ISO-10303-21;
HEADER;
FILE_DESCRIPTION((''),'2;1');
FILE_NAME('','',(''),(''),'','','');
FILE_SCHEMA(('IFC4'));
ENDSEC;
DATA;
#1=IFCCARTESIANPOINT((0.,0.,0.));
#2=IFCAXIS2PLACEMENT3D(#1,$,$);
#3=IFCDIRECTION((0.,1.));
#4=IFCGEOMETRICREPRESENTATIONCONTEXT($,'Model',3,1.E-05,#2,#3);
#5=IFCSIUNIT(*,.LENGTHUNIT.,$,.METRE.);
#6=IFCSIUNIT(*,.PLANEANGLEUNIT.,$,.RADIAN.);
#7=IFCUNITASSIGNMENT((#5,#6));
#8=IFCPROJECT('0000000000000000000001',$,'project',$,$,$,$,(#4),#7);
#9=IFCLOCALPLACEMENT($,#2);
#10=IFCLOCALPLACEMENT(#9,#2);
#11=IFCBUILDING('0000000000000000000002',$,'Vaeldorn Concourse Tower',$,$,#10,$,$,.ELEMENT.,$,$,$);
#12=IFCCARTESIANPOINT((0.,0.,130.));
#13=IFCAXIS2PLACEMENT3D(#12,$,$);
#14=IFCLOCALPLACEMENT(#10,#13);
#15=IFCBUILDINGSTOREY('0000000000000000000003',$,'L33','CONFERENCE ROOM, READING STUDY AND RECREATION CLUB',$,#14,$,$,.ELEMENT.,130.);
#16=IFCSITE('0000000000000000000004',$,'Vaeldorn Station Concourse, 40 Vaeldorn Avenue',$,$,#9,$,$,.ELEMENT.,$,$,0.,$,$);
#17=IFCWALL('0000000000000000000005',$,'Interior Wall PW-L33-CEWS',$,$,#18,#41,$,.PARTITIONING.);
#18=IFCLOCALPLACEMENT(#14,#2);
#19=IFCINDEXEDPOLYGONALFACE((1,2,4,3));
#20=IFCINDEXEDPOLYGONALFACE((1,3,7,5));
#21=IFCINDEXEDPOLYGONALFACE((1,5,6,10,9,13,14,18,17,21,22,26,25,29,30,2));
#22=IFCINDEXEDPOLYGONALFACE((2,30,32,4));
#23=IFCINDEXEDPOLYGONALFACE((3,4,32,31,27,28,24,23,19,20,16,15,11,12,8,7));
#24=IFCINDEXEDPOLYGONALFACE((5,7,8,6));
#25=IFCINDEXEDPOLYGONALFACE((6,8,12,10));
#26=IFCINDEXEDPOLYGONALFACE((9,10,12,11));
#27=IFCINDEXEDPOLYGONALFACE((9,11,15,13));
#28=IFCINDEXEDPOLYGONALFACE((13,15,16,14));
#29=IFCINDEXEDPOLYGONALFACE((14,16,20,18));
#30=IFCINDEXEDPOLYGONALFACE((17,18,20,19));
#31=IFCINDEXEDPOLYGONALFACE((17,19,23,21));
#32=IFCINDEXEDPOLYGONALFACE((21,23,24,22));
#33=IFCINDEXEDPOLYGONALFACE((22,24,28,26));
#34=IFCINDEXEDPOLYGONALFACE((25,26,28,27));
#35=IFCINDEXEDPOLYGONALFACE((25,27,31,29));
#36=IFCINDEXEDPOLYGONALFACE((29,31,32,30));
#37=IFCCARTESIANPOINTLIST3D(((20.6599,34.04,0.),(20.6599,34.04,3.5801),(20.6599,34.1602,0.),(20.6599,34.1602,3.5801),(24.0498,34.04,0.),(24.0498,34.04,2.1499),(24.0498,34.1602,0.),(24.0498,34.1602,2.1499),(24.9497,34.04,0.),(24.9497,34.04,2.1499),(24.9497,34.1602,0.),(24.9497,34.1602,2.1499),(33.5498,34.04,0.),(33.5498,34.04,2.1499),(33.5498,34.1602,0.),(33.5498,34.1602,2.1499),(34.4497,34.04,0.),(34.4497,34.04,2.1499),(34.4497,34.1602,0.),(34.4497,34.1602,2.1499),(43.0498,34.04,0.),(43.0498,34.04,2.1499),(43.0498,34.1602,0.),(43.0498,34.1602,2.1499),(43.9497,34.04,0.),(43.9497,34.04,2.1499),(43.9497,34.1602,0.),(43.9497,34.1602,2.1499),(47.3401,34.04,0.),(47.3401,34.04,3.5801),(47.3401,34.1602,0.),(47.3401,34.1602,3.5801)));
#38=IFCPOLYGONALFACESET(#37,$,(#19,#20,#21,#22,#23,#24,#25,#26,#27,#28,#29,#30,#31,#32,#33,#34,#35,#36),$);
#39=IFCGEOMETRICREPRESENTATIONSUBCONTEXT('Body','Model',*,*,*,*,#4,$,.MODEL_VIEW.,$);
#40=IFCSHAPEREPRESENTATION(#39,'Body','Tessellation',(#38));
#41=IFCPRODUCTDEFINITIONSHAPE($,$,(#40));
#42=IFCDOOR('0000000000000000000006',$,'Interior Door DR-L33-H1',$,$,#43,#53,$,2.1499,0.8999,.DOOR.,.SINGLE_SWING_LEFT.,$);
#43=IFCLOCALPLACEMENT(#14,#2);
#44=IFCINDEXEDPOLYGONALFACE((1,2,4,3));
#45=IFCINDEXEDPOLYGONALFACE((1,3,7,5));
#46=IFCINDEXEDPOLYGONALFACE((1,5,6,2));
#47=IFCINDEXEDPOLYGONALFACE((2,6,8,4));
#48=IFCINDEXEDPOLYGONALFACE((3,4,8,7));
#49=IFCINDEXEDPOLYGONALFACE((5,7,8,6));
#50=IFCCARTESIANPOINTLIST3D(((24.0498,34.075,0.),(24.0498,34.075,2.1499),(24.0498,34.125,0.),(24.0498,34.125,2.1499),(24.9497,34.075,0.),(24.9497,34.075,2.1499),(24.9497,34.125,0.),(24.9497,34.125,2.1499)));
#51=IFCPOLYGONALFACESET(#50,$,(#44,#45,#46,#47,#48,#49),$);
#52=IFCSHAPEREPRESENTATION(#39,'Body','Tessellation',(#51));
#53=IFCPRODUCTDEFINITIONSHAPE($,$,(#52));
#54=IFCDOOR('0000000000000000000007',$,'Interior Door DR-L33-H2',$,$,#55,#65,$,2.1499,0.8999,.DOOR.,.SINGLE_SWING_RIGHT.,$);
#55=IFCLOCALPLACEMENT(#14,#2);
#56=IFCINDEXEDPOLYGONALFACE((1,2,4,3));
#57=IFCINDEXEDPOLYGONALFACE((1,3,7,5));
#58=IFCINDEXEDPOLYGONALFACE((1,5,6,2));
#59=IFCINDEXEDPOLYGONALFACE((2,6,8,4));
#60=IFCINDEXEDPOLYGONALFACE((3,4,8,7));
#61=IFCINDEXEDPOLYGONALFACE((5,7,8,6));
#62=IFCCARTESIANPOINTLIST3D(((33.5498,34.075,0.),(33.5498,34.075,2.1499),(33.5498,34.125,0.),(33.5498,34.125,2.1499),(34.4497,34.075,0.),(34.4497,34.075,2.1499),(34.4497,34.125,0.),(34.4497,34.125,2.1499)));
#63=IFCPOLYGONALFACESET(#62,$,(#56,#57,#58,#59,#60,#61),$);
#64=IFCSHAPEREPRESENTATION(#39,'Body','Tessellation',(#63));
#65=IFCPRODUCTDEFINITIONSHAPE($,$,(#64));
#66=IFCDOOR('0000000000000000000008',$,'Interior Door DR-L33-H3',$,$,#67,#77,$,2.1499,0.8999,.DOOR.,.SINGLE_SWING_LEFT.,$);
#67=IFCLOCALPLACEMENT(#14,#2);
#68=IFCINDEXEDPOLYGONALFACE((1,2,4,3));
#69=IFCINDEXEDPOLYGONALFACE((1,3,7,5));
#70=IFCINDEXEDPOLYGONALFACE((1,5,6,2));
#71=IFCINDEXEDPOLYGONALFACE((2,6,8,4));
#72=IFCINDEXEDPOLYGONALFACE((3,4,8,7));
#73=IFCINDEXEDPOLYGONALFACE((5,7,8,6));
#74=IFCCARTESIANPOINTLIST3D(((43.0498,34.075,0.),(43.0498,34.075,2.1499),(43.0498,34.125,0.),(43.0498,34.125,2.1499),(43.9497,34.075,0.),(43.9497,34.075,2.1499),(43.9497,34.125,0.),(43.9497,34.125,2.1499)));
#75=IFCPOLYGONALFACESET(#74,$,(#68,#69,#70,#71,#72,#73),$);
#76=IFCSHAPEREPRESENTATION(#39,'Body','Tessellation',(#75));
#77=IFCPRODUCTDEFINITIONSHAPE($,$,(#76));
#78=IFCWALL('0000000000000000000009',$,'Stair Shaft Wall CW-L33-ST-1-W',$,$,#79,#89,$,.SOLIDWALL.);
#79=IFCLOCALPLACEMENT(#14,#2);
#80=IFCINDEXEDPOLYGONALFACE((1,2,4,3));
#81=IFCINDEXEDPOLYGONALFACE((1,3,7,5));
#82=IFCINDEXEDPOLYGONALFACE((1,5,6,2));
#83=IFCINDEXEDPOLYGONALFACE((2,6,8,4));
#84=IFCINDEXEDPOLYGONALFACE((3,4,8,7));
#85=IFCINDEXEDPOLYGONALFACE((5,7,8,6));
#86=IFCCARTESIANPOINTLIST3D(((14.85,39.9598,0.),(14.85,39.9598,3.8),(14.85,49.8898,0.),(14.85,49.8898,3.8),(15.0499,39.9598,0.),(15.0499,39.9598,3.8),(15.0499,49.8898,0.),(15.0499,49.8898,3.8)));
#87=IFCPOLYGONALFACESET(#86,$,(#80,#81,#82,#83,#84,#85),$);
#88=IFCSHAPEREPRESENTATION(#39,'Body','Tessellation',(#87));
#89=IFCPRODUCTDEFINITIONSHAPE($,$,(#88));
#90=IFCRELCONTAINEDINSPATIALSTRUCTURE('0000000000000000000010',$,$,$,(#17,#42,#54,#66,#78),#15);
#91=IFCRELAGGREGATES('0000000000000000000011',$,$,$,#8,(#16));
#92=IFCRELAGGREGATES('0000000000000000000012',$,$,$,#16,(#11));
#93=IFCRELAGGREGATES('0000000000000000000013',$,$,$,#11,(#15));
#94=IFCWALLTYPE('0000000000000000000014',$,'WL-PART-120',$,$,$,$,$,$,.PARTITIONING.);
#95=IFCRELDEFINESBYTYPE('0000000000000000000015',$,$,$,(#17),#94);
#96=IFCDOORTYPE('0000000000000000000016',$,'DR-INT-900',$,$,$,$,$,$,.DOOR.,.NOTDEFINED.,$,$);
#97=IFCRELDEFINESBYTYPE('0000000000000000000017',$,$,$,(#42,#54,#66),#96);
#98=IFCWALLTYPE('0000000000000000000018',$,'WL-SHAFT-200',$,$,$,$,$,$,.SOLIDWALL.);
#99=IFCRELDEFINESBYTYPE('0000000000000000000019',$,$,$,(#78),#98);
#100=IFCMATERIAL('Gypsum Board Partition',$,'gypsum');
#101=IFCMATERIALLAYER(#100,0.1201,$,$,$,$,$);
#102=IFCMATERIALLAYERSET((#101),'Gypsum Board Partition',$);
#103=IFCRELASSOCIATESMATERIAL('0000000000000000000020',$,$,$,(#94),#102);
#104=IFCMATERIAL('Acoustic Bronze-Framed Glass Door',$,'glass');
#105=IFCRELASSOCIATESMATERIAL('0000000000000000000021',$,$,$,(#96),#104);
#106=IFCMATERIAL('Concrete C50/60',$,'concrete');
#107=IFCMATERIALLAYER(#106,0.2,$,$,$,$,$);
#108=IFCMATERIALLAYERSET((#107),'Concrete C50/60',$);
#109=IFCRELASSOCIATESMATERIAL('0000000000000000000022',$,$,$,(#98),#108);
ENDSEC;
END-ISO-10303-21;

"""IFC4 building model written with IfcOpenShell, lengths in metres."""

from ifc_helpers import new_model, si_unit, direction, frame, frame_2d, origin, place, context, subcontext, project, spatial, rectangle, extrude, source, transform, mapped, material, layer, layer_set, type_object, element, fill, save


model = new_model("IFC4")

# Units and contexts
model_context = context("Model", 3, precision=1e-05, world=origin(), true_north=direction((0.0, 1.0)))
body_context = subcontext(model_context, "Body", "Model", "MODEL_VIEW")
ifc_project = project(units=[si_unit("LENGTHUNIT", "METRE"), si_unit("PLANEANGLEUNIT", "RADIAN")], contexts=[model_context])

# Site, building, storey
site_placement = place(None, origin())
site = spatial("IfcSite", under=ifc_project, at=site_placement, Name="Vaeldorn Station Concourse, 40 Vaeldorn Avenue", CompositionType="ELEMENT", RefElevation=0.0)
building_placement = place(site_placement, origin())
building = spatial("IfcBuilding", under=site, at=building_placement, Name="Vaeldorn Concourse Tower", CompositionType="ELEMENT")
storey_placement = place(building_placement, frame((0.0, 0.0, 130.0)))
storey = spatial("IfcBuildingStorey", under=building, at=storey_placement, Name="L33", Description="CONFERENCE ROOM, READING STUDY AND RECREATION CLUB", CompositionType="ELEMENT", Elevation=130.0)

# Wall, openings, doors
ifc_material_1 = material(Name="Gypsum Board Partition", Category="gypsum")
ifc_layer_1 = layer(ifc_material_1, 0.1201)
ifc_layer_set_1 = layer_set([ifc_layer_1], Name="Gypsum Board Partition")
wall_type_1 = type_object("IfcWallType", Name="WL-PART-120", PredefinedType="PARTITIONING", material=ifc_layer_set_1)
wall_1_placement = place(storey_placement, frame((20.6599, 34.1001, 0.0), z_axis=(0.0, 0.0, 1.0), x_axis=(1.0, 0.0, 0.0)))
wall_1 = element("IfcWall", 1, at=wall_1_placement, inside=storey, type_object=wall_type_1, Name="Interior Wall PW-L33-CEWS", PredefinedType="PARTITIONING", context=body_context, shape_type="SweptSolid", body=[
    extrude(rectangle(XDim=26.6802, YDim=0.1201, at=frame_2d((13.3401, 0.0))), origin(), (0.0, 0.0, 1.0), 3.5801),
])
opening_1_placement = place(wall_1_placement, frame((3.3899, 0.0, 0.0)))
opening_1 = element("IfcOpeningElement", 2, at=opening_1_placement, cuts=wall_1, PredefinedType="OPENING", context=body_context, shape_type="SweptSolid", body=[
    extrude(rectangle(XDim=0.8999, YDim=2.1499, at=frame_2d((0.45, 1.075))), frame((0.0, 0.0701, 0.0), z_axis=(0.0, -1.0, 0.0), x_axis=(1.0, 0.0, 0.0)), (0.0, 0.0, 1.0), 0.1401),
])
opening_2_placement = place(wall_1_placement, frame((12.8899, 0.0, 0.0)))
opening_2 = element("IfcOpeningElement", 3, at=opening_2_placement, cuts=wall_1, PredefinedType="OPENING", context=body_context, shape_type="SweptSolid", body=[
    extrude(rectangle(XDim=0.8999, YDim=2.1499, at=frame_2d((0.45, 1.075))), frame((0.0, 0.0701, 0.0), z_axis=(0.0, -1.0, 0.0), x_axis=(1.0, 0.0, 0.0)), (0.0, 0.0, 1.0), 0.1401),
])
opening_3_placement = place(wall_1_placement, frame((22.3899, 0.0, 0.0)))
opening_3 = element("IfcOpeningElement", 4, at=opening_3_placement, cuts=wall_1, PredefinedType="OPENING", context=body_context, shape_type="SweptSolid", body=[
    extrude(rectangle(XDim=0.8999, YDim=2.1499, at=frame_2d((0.45, 1.075))), frame((0.0, 0.0701, 0.0), z_axis=(0.0, -1.0, 0.0), x_axis=(1.0, 0.0, 0.0)), (0.0, 0.0, 1.0), 0.1401),
])
ifc_material_2 = material(Name="Acoustic Bronze-Framed Glass Door", Category="glass")
door_type_1 = type_object("IfcDoorType", Name="DR-INT-900", OperationType="NOTDEFINED", PredefinedType="DOOR", material=ifc_material_2)
shared_shape_1 = source(origin(), body_context, "Body", "SweptSolid", [
    extrude(rectangle(XDim=0.8999, YDim=2.1499, at=frame_2d((0.45, 1.075))), frame((0.0, 0.0249, 0.0), z_axis=(0.0, -1.0, 0.0), x_axis=(1.0, 0.0, 0.0)), (0.0, 0.0, 1.0), 0.05),
])
door_1_placement = place(opening_1_placement, origin())
door_1 = element("IfcDoor", 5, at=door_1_placement, inside=storey, type_object=door_type_1, Name="Interior Door DR-L33-H1", OperationType="SINGLE_SWING_LEFT", OverallHeight=2.1499, OverallWidth=0.8999, PredefinedType="DOOR", context=body_context, shape_type="MappedRepresentation", body=[
    mapped(shared_shape_1, transform((0.0, 0.0, 0.0), scale=1.0)),
])
fill(opening_1, door_1)
door_2_placement = place(opening_2_placement, origin())
door_2 = element("IfcDoor", 6, at=door_2_placement, inside=storey, type_object=door_type_1, Name="Interior Door DR-L33-H2", OperationType="SINGLE_SWING_RIGHT", OverallHeight=2.1499, OverallWidth=0.8999, PredefinedType="DOOR", context=body_context, shape_type="MappedRepresentation", body=[
    mapped(shared_shape_1, transform((0.0, 0.0, 0.0), scale=1.0)),
])
fill(opening_2, door_2)
door_3_placement = place(opening_3_placement, origin())
door_3 = element("IfcDoor", 7, at=door_3_placement, inside=storey, type_object=door_type_1, Name="Interior Door DR-L33-H3", OperationType="SINGLE_SWING_LEFT", OverallHeight=2.1499, OverallWidth=0.8999, PredefinedType="DOOR", context=body_context, shape_type="MappedRepresentation", body=[
    mapped(shared_shape_1, transform((0.0, 0.0, 0.0), scale=1.0)),
])
fill(opening_3, door_3)

# Shared definitions
ifc_material_3 = material(Name="Concrete C50/60", Category="concrete")
ifc_layer_2 = layer(ifc_material_3, 0.2)
ifc_layer_set_2 = layer_set([ifc_layer_2], Name="Concrete C50/60")
wall_type_2 = type_object("IfcWallType", Name="WL-SHAFT-200", PredefinedType="SOLIDWALL", material=ifc_layer_set_2)

# Wall
wall_2_placement = place(storey_placement, frame((14.95, 39.96, 0.0), z_axis=(0.0, 0.0, 1.0), x_axis=(0.0, 1.0, 0.0)))
element("IfcWall", 8, at=wall_2_placement, inside=storey, type_object=wall_type_2, Name="Stair Shaft Wall CW-L33-ST-1-W", PredefinedType="SOLIDWALL", context=body_context, shape_type="SweptSolid", body=[
    extrude(rectangle(XDim=9.9299, YDim=0.2, at=frame_2d((4.9648, 0.0))), origin(), (0.0, 0.0, 1.0), 3.8),
])

save(model, "model.ifc")
